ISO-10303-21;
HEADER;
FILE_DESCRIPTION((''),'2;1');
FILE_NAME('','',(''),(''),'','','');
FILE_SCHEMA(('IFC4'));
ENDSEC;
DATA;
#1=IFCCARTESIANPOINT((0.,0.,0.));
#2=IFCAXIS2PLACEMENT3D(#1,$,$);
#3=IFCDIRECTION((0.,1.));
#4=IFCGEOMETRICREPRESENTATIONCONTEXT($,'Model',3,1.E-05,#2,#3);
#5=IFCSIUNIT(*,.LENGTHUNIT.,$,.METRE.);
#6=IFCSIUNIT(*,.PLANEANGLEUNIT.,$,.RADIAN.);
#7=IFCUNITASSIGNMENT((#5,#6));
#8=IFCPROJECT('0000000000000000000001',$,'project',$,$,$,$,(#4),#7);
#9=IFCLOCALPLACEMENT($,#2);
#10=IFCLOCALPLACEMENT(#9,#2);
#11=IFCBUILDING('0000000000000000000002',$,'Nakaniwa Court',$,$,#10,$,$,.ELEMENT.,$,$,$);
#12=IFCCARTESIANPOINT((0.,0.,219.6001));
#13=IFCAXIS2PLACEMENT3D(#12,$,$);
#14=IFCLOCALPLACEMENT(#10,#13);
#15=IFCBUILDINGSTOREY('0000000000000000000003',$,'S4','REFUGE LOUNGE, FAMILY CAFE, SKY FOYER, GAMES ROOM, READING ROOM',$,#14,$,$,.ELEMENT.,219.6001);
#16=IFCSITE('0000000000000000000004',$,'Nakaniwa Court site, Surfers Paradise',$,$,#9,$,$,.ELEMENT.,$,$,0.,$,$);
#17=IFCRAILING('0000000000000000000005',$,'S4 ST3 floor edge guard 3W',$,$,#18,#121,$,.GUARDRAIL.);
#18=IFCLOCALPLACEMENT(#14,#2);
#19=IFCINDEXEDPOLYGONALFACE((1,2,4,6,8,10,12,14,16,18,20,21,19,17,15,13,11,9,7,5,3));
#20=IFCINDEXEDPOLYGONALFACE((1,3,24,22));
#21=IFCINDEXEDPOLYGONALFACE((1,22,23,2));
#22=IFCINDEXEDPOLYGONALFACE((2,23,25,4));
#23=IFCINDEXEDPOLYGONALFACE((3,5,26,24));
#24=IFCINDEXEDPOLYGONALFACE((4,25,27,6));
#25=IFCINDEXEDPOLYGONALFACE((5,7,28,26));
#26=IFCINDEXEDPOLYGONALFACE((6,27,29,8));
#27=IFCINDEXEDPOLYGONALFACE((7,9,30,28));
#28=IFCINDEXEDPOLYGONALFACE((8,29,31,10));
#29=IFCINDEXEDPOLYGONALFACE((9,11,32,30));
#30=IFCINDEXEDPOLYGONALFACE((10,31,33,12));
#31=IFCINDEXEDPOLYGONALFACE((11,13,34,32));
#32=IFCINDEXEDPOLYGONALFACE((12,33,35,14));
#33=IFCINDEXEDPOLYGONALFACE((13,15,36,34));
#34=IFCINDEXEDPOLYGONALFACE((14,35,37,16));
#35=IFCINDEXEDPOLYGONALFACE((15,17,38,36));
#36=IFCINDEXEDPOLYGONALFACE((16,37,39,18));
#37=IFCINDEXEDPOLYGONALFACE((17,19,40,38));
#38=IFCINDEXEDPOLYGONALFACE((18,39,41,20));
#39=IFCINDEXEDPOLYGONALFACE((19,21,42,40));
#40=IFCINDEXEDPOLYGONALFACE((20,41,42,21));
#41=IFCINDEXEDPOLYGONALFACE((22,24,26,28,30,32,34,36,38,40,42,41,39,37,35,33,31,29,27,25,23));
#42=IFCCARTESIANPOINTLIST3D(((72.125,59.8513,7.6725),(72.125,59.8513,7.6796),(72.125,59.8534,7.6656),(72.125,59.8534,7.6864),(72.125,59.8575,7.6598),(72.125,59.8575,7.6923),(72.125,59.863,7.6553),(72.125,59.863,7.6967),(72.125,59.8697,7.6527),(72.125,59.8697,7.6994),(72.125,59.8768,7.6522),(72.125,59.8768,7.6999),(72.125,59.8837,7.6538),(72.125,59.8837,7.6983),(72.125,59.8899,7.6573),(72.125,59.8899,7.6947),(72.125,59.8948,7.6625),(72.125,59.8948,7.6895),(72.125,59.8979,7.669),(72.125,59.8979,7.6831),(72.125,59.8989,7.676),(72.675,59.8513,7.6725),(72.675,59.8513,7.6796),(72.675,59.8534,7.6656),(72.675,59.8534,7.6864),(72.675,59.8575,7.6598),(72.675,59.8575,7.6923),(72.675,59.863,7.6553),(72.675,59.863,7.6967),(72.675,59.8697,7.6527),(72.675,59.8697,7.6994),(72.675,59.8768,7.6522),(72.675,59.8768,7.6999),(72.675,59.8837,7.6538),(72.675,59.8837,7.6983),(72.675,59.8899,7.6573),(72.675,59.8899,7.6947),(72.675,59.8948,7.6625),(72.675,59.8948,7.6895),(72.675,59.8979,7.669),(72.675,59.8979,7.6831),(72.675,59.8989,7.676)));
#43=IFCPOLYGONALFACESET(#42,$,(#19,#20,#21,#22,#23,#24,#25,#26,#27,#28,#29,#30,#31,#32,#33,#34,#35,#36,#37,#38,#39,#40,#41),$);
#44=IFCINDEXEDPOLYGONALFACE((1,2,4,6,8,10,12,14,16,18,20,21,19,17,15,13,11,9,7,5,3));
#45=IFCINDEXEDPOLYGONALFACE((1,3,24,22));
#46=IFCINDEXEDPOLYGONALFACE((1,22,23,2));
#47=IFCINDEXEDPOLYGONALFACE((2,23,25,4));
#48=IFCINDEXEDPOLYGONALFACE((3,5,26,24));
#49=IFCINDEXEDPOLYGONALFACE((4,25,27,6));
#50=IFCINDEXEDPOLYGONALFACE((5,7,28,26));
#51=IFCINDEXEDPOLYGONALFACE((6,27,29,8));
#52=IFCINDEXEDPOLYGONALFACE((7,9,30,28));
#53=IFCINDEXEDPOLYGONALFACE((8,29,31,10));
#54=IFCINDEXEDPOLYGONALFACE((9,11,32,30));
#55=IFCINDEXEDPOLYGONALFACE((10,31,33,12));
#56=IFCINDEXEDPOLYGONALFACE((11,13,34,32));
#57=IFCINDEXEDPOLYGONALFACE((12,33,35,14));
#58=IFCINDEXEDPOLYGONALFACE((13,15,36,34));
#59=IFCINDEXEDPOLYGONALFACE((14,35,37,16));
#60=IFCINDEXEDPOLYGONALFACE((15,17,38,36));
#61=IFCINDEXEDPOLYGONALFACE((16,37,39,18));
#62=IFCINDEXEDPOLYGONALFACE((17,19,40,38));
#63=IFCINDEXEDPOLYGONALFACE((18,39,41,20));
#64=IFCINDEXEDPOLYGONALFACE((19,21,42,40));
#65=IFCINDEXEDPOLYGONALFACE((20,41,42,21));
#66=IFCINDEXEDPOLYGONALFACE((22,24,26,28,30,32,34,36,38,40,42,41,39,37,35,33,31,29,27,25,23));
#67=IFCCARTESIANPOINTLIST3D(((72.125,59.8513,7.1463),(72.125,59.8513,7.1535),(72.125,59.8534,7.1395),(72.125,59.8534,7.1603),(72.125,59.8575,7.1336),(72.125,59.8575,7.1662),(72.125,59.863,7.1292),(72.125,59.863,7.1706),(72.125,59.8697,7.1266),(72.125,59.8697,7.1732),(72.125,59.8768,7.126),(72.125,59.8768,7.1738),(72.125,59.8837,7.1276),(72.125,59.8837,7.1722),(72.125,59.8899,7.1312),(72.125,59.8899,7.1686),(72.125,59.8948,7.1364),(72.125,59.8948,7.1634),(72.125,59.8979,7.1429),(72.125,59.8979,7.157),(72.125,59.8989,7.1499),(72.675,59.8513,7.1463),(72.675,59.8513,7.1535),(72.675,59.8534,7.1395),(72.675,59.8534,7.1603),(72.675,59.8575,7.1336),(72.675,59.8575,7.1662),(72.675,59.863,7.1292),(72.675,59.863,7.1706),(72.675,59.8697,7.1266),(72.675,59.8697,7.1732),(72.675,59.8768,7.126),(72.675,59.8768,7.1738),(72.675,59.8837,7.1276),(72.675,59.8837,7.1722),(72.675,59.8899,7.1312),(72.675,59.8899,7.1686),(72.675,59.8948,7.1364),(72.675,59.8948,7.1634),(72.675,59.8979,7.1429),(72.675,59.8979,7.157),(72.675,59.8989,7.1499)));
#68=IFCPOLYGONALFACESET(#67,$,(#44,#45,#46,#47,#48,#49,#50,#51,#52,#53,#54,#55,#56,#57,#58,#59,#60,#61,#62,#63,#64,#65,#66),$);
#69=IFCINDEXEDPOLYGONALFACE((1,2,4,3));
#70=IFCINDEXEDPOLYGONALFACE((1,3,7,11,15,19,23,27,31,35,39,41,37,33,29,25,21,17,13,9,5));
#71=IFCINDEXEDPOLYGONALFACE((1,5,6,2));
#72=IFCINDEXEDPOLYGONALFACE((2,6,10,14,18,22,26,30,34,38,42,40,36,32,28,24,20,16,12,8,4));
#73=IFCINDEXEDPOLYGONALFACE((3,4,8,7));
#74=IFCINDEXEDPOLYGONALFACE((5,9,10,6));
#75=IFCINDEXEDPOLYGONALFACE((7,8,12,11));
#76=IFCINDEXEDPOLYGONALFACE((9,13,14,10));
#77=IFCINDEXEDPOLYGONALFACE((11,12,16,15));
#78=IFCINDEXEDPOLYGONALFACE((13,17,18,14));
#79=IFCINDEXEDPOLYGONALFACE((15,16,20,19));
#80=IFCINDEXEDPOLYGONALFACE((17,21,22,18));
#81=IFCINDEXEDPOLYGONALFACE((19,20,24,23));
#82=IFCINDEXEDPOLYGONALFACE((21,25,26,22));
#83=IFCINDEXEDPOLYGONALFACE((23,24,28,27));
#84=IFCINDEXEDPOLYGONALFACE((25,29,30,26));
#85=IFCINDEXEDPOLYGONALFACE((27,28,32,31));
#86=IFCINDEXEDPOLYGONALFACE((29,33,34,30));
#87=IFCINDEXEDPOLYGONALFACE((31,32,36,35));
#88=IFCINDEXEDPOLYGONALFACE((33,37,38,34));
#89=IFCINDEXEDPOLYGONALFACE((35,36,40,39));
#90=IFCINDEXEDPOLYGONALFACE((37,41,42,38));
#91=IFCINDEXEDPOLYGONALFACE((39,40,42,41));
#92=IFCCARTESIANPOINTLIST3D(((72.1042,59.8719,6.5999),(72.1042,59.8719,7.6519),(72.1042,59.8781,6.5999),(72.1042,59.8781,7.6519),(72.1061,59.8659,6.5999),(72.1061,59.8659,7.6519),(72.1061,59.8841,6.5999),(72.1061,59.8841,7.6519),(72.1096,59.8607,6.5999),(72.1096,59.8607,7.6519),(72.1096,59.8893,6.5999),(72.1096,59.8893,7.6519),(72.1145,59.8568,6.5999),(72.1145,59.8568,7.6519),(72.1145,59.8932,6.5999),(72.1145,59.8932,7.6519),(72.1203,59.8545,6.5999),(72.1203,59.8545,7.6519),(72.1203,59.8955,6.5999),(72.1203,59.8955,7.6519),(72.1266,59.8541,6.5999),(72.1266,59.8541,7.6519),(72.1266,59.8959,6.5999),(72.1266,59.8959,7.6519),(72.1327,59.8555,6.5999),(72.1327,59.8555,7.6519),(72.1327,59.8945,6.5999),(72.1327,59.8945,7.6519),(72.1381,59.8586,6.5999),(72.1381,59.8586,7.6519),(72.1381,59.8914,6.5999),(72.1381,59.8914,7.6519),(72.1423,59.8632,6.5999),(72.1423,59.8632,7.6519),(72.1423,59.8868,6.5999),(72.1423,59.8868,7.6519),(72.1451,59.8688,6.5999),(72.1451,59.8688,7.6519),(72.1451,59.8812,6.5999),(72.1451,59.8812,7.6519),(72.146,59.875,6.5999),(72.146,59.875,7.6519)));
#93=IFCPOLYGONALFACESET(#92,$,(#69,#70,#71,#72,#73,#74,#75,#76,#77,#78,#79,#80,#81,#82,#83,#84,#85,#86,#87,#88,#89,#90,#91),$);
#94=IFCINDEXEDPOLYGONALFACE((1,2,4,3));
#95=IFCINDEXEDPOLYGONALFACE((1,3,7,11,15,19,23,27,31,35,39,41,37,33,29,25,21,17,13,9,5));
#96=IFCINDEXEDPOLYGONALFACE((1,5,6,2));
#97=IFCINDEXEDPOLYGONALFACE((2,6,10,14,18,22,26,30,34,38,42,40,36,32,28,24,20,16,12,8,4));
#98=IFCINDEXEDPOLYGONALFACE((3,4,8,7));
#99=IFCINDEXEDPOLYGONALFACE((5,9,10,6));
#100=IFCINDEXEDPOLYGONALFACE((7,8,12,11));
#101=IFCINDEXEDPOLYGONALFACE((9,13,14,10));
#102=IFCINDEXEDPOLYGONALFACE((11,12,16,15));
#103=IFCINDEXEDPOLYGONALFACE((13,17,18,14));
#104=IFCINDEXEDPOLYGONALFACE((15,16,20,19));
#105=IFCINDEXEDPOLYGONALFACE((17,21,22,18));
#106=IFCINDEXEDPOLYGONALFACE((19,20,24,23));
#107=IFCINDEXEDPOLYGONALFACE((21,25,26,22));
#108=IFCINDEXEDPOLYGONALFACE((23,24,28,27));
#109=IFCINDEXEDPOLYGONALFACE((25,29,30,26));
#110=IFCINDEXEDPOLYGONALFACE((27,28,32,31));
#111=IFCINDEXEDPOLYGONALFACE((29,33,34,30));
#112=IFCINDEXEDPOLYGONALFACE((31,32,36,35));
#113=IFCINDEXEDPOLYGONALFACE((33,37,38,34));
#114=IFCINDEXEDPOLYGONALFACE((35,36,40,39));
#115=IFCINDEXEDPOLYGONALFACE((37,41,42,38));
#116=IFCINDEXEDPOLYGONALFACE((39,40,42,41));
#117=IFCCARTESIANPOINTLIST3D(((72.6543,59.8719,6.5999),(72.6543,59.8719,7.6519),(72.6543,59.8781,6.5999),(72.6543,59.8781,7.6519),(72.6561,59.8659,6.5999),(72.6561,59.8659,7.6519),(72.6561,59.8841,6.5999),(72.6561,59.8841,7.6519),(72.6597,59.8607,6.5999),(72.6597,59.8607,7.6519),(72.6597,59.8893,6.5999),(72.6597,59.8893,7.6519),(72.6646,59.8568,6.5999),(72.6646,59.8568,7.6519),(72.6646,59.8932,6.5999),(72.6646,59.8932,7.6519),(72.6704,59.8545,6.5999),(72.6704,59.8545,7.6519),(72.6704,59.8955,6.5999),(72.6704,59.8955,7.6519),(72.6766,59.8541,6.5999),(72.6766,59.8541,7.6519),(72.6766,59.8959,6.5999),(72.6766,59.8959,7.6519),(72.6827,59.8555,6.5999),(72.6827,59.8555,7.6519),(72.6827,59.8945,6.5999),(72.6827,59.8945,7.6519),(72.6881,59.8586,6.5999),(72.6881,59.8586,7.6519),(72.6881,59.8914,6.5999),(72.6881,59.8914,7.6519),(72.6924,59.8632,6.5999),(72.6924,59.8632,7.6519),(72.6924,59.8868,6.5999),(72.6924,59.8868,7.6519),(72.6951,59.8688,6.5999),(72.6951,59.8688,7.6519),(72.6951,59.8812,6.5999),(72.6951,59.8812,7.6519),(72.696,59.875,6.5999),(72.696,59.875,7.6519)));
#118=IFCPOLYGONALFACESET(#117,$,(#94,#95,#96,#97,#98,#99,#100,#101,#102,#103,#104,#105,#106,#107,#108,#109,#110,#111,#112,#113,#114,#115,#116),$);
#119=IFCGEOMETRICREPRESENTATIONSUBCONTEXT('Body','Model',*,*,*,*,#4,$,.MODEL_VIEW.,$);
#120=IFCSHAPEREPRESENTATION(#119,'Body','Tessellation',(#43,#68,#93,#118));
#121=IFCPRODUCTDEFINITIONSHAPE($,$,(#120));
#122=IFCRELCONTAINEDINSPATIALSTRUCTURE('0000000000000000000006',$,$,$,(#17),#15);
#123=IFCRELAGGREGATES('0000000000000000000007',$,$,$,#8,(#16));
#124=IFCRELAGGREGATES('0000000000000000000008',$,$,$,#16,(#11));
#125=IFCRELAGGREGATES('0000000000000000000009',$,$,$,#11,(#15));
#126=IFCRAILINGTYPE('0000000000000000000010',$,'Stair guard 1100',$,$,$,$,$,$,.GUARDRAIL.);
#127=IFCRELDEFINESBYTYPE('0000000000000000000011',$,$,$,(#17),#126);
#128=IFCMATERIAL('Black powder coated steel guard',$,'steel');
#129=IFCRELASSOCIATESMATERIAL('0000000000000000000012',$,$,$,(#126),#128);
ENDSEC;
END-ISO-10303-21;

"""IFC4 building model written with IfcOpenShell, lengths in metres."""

from ifc_helpers import new_model, si_unit, direction, frame, origin, origin_2d, place, context, subcontext, project, spatial, circle, extrude, material, type_object, element, save


model = new_model("IFC4")

# Units and contexts
model_context = context("Model", 3, precision=1e-05, world=origin(), true_north=direction((0.0, 1.0)))
body_context = subcontext(model_context, "Body", "Model", "MODEL_VIEW")
ifc_project = project(units=[si_unit("LENGTHUNIT", "METRE"), si_unit("PLANEANGLEUNIT", "RADIAN")], contexts=[model_context])

# Site, building, storey
site_placement = place(None, origin())
site = spatial("IfcSite", under=ifc_project, at=site_placement, Name="Nakaniwa Court site, Surfers Paradise", CompositionType="ELEMENT", RefElevation=0.0)
building_placement = place(site_placement, origin())
building = spatial("IfcBuilding", under=site, at=building_placement, Name="Nakaniwa Court", CompositionType="ELEMENT")
storey_placement = place(building_placement, frame((0.0, 0.0, 219.6001)))
storey = spatial("IfcBuildingStorey", under=building, at=storey_placement, Name="S4", Description="REFUGE LOUNGE, FAMILY CAFE, SKY FOYER, GAMES ROOM, READING ROOM", CompositionType="ELEMENT", Elevation=219.6001)

# Railing
ifc_material_1 = material(Name="Black powder coated steel guard", Category="steel")
railing_type_1 = type_object("IfcRailingType", Name="Stair guard 1100", PredefinedType="GUARDRAIL", material=ifc_material_1)
for number, where, name in (
    (1, (72.125, 59.875, 6.5999), "S4 ST3 floor edge guard 3W"),
):
    element("IfcRailing", number, at=place(storey_placement, frame(where)), inside=storey, type_object=railing_type_1, Name=name, PredefinedType="GUARDRAIL", context=body_context, shape_type="SweptSolid", body=[
        extrude(circle(Radius=0.0239, at=origin_2d()), frame((0.0, 0.0, 1.0762), z_axis=(1.0, 0.0, 0.0), x_axis=(0.0, 1.0, 0.0)), (0.0, 0.0, 1.0), 0.55),
        extrude(circle(Radius=0.0239, at=origin_2d()), frame((0.0, 0.0, 0.55), z_axis=(1.0, 0.0, 0.0), x_axis=(0.0, 1.0, 0.0)), (0.0, 0.0, 1.0), 0.55),
        extrude(circle(Radius=0.021, at=origin_2d()), origin(), (0.0, 0.0, 1.0), 1.052),
        extrude(circle(Radius=0.021, at=origin_2d()), frame((0.55, 0.0, 0.0)), (0.0, 0.0, 1.0), 1.052),
    ])

save(model, "model.ifc")
